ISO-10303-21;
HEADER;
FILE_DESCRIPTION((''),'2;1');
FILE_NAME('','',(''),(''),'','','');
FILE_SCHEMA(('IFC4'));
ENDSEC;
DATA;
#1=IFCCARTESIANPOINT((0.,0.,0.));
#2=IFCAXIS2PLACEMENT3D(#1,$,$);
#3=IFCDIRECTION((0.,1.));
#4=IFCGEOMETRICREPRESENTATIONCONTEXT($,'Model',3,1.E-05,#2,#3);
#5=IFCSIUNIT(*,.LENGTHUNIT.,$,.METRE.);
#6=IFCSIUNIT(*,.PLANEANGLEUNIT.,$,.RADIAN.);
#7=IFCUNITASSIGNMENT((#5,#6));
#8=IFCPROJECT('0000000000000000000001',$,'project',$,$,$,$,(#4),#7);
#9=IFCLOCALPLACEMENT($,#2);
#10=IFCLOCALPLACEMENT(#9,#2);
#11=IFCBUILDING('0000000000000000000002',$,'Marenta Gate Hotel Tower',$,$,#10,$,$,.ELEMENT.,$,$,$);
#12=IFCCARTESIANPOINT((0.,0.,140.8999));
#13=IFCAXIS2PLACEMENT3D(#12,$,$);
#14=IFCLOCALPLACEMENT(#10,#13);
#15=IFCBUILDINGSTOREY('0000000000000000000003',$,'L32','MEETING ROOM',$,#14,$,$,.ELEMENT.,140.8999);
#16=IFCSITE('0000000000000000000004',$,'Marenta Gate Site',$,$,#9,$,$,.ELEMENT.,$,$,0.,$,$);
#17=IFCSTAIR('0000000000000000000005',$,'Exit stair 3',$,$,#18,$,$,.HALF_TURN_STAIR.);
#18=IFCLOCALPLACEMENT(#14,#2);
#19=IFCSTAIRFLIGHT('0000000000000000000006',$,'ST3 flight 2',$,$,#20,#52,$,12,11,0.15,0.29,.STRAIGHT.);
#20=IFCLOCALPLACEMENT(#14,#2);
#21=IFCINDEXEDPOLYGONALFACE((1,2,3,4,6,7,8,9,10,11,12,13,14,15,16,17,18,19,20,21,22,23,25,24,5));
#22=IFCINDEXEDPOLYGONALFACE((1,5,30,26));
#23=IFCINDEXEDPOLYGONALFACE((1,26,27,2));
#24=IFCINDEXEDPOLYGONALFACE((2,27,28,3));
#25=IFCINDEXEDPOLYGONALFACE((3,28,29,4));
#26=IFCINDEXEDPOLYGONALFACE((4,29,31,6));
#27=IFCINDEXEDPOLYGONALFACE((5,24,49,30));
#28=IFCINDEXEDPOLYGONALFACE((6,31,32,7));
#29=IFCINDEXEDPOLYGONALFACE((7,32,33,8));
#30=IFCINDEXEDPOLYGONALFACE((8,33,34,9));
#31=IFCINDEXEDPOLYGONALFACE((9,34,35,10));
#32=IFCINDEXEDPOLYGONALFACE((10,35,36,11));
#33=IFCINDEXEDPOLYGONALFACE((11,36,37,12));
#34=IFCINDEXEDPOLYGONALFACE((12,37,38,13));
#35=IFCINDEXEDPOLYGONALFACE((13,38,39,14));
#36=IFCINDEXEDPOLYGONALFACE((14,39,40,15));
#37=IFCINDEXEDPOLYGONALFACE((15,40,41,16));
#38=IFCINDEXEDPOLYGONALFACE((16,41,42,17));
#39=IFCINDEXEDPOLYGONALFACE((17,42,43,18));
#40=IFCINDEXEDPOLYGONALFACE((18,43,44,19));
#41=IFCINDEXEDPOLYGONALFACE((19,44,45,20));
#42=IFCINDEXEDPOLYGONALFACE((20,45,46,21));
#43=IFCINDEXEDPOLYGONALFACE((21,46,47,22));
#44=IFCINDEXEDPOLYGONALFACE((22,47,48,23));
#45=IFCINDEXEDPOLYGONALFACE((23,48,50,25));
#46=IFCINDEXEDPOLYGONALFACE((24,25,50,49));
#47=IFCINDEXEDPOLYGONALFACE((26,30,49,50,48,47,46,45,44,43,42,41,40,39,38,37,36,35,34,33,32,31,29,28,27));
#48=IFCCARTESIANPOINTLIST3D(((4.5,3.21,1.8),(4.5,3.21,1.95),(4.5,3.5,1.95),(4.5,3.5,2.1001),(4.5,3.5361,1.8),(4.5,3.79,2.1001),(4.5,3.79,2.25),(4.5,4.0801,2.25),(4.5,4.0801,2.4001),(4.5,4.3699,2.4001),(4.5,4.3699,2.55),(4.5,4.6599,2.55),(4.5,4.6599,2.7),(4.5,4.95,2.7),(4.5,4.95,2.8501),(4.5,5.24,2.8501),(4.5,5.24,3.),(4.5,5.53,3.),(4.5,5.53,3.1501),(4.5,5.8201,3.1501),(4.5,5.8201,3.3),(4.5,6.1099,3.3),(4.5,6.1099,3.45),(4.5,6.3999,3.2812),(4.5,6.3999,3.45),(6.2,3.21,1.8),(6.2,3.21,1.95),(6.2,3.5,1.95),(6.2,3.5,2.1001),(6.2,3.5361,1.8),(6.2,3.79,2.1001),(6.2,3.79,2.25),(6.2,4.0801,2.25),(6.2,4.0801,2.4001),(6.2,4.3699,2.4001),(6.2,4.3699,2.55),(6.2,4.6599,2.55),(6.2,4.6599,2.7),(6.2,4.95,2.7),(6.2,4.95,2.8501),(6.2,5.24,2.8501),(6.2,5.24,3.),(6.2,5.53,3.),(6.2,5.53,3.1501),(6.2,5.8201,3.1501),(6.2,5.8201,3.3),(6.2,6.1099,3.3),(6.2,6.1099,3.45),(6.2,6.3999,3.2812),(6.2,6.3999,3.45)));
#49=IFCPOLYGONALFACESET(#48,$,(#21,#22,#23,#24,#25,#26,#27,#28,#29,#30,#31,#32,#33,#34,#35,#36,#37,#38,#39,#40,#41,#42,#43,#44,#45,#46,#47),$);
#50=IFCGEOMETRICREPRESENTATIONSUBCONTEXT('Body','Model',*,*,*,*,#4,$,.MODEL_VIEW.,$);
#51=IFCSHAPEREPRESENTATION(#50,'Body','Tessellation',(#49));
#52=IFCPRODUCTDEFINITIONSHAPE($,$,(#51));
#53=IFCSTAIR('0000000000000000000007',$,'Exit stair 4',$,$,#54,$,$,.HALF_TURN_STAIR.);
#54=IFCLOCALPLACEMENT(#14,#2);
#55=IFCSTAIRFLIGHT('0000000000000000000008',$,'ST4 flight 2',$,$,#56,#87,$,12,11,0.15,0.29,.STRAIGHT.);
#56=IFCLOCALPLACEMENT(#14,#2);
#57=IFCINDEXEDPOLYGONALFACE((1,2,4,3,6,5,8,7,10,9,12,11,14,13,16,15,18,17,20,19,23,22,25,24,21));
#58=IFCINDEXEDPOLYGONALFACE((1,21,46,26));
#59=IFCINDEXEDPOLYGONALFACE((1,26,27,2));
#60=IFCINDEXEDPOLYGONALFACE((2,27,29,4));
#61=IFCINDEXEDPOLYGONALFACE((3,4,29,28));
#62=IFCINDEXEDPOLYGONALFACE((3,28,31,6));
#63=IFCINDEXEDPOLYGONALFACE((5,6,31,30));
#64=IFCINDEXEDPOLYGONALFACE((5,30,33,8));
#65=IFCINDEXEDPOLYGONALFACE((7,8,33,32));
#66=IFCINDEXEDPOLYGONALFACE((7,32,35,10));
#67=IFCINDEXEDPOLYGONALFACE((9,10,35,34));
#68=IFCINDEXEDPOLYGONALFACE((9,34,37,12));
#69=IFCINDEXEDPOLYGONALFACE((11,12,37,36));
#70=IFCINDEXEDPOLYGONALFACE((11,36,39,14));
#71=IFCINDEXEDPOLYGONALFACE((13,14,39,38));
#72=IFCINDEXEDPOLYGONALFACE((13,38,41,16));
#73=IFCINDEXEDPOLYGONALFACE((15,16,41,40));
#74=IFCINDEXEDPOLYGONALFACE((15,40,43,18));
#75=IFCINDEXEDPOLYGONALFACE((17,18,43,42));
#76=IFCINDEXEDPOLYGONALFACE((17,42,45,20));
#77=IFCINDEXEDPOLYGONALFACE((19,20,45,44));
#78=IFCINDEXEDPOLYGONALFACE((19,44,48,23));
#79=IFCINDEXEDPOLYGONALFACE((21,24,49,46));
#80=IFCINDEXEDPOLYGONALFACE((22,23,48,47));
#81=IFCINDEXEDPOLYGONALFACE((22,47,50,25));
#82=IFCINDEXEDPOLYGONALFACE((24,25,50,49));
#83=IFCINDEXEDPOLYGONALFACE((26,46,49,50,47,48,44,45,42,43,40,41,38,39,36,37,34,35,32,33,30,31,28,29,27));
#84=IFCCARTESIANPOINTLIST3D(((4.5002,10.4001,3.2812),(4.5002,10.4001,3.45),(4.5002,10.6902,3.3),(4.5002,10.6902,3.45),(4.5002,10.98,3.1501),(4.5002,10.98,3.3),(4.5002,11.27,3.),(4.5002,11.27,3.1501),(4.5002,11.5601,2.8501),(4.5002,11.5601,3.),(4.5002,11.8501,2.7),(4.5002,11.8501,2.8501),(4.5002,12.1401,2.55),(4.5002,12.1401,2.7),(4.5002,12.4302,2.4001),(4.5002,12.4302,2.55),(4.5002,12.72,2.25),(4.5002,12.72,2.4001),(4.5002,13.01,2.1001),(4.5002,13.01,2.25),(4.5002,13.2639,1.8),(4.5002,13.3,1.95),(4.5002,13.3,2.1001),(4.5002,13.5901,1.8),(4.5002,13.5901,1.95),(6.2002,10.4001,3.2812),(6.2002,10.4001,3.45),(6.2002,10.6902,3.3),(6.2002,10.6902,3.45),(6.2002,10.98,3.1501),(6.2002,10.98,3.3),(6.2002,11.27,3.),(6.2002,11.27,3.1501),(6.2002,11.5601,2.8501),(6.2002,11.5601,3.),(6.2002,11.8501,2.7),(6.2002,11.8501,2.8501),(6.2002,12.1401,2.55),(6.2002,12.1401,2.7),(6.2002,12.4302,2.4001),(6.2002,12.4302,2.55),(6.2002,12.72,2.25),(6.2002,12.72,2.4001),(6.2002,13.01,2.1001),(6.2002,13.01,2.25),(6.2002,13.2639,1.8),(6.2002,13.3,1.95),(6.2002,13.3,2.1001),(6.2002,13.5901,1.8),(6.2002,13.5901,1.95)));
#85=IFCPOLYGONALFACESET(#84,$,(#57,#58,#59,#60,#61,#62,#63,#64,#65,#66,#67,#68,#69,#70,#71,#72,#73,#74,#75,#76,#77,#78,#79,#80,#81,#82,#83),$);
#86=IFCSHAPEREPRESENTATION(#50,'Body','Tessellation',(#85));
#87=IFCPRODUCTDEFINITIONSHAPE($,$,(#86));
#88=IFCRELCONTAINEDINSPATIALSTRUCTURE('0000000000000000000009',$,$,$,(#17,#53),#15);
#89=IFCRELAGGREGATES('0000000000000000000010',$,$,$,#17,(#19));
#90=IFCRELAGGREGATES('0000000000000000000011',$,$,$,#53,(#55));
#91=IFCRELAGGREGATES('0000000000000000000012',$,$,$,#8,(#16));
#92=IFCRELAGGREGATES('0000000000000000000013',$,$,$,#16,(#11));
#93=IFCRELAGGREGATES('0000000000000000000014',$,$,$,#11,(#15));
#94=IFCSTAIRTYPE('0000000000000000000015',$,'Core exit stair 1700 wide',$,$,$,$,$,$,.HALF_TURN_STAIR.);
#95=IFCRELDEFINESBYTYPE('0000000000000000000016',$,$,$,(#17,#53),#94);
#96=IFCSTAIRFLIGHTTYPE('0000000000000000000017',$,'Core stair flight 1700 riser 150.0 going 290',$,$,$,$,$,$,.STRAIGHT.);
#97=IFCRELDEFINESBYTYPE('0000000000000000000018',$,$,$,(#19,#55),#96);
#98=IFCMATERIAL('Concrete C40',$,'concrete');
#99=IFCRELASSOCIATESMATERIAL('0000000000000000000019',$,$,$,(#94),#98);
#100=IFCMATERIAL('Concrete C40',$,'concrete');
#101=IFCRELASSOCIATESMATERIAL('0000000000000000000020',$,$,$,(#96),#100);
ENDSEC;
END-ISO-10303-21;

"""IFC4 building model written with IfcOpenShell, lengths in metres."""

from ifc_helpers import new_model, si_unit, direction, frame, origin, place, context, subcontext, project, spatial, polyline, outline, extrude, material, type_object, element, aggregate, save


model = new_model("IFC4")

# Units and contexts
model_context = context("Model", 3, precision=1e-05, world=origin(), true_north=direction((0.0, 1.0)))
body_context = subcontext(model_context, "Body", "Model", "MODEL_VIEW")
ifc_project = project(units=[si_unit("LENGTHUNIT", "METRE"), si_unit("PLANEANGLEUNIT", "RADIAN")], contexts=[model_context])

# Site, building, storey
site_placement = place(None, origin())
site = spatial("IfcSite", under=ifc_project, at=site_placement, Name="Marenta Gate Site", CompositionType="ELEMENT", RefElevation=0.0)
building_placement = place(site_placement, origin())
building = spatial("IfcBuilding", under=site, at=building_placement, Name="Marenta Gate Hotel Tower", CompositionType="ELEMENT")
storey_placement = place(building_placement, frame((0.0, 0.0, 140.8999)))
storey = spatial("IfcBuildingStorey", under=building, at=storey_placement, Name="L32", Description="MEETING ROOM", CompositionType="ELEMENT", Elevation=140.8999)

# Stairs, stair flights
ifc_material_1 = material(Name="Concrete C40", Category="concrete")
stair_type = type_object("IfcStairType", Name="Core exit stair 1700 wide", PredefinedType="HALF_TURN_STAIR", material=ifc_material_1)
stair_1_placement = place(storey_placement, origin())
stair_1 = element("IfcStair", 1, at=stair_1_placement, inside=storey, type_object=stair_type, Name="Exit stair 3", PredefinedType="HALF_TURN_STAIR")
ifc_material_2 = material(Name="Concrete C40", Category="concrete")
stair_flight_type = type_object("IfcStairFlightType", Name="Core stair flight 1700 riser 150.0 going 290", PredefinedType="STRAIGHT", material=ifc_material_2)
stair_flight_1_placement = place(storey_placement, frame((5.3501, 3.21, 1.8), z_axis=(0.0, 0.0, 1.0), x_axis=(0.0, 1.0, 0.0)))
stair_flight_1 = element("IfcStairFlight", 2, at=stair_flight_1_placement, type_object=stair_flight_type, Name="ST3 flight 2", NumberOfRisers=12, NumberOfTreads=11, PredefinedType="STRAIGHT", RiserHeight=0.15, TreadLength=0.29, context=body_context, shape_type="SweptSolid", body=[
    extrude(outline(polyline([(0.0, 0.0), (0.0, 0.1499), (0.29, 0.1499), (0.29, 0.3), (0.5801, 0.3), (0.5801, 0.45), (0.8701, 0.45), (0.8701, 0.6001), (1.1599, 0.6001), (1.1599, 0.75), (1.45, 0.75), (1.45, 0.8999), (1.74, 0.8999), (1.74, 1.05), (2.03, 1.05), (2.03, 1.2), (2.3201, 1.2), (2.3201, 1.3501), (2.6101, 1.3501), (2.6101, 1.5), (2.8999, 1.5), (2.8999, 1.6499), (3.1899, 1.6499), (3.1899, 1.8), (3.1899, 1.4812), (0.3262, 0.0), (0.0, 0.0)])), frame((0.0, 0.8501, 0.0), z_axis=(0.0, -1.0, 0.0), x_axis=(1.0, 0.0, 0.0)), (0.0, 0.0, 1.0), 1.7),
])
aggregate(stair_1, [stair_flight_1])
stair_2_placement = place(storey_placement, origin())
stair_2 = element("IfcStair", 3, at=stair_2_placement, inside=storey, type_object=stair_type, Name="Exit stair 4", PredefinedType="HALF_TURN_STAIR")
stair_flight_2_placement = place(storey_placement, frame((5.3501, 13.5901, 1.8), z_axis=(0.0, 0.0, 1.0), x_axis=(0.0, -1.0, 0.0)))
stair_flight_2 = element("IfcStairFlight", 4, at=stair_flight_2_placement, type_object=stair_flight_type, Name="ST4 flight 2", NumberOfRisers=12, NumberOfTreads=11, PredefinedType="STRAIGHT", RiserHeight=0.15, TreadLength=0.29, context=body_context, shape_type="SweptSolid", body=[
    extrude(outline(polyline([(0.0, 0.0), (0.0, 0.1499), (0.29, 0.1499), (0.29, 0.3), (0.5801, 0.3), (0.5801, 0.45), (0.8701, 0.45), (0.8701, 0.6001), (1.1599, 0.6001), (1.1599, 0.75), (1.45, 0.75), (1.45, 0.8999), (1.74, 0.8999), (1.74, 1.05), (2.03, 1.05), (2.03, 1.2), (2.3201, 1.2), (2.3201, 1.3501), (2.6101, 1.3501), (2.6101, 1.5), (2.8999, 1.5), (2.8999, 1.6499), (3.1899, 1.6499), (3.1899, 1.8), (3.1899, 1.4812), (0.3262, 0.0), (0.0, 0.0)])), frame((0.0, 0.8501, 0.0), z_axis=(0.0, -1.0, 0.0), x_axis=(1.0, 0.0, 0.0)), (0.0, 0.0, 1.0), 1.7),
])
aggregate(stair_2, [stair_flight_2])

save(model, "model.ifc")
